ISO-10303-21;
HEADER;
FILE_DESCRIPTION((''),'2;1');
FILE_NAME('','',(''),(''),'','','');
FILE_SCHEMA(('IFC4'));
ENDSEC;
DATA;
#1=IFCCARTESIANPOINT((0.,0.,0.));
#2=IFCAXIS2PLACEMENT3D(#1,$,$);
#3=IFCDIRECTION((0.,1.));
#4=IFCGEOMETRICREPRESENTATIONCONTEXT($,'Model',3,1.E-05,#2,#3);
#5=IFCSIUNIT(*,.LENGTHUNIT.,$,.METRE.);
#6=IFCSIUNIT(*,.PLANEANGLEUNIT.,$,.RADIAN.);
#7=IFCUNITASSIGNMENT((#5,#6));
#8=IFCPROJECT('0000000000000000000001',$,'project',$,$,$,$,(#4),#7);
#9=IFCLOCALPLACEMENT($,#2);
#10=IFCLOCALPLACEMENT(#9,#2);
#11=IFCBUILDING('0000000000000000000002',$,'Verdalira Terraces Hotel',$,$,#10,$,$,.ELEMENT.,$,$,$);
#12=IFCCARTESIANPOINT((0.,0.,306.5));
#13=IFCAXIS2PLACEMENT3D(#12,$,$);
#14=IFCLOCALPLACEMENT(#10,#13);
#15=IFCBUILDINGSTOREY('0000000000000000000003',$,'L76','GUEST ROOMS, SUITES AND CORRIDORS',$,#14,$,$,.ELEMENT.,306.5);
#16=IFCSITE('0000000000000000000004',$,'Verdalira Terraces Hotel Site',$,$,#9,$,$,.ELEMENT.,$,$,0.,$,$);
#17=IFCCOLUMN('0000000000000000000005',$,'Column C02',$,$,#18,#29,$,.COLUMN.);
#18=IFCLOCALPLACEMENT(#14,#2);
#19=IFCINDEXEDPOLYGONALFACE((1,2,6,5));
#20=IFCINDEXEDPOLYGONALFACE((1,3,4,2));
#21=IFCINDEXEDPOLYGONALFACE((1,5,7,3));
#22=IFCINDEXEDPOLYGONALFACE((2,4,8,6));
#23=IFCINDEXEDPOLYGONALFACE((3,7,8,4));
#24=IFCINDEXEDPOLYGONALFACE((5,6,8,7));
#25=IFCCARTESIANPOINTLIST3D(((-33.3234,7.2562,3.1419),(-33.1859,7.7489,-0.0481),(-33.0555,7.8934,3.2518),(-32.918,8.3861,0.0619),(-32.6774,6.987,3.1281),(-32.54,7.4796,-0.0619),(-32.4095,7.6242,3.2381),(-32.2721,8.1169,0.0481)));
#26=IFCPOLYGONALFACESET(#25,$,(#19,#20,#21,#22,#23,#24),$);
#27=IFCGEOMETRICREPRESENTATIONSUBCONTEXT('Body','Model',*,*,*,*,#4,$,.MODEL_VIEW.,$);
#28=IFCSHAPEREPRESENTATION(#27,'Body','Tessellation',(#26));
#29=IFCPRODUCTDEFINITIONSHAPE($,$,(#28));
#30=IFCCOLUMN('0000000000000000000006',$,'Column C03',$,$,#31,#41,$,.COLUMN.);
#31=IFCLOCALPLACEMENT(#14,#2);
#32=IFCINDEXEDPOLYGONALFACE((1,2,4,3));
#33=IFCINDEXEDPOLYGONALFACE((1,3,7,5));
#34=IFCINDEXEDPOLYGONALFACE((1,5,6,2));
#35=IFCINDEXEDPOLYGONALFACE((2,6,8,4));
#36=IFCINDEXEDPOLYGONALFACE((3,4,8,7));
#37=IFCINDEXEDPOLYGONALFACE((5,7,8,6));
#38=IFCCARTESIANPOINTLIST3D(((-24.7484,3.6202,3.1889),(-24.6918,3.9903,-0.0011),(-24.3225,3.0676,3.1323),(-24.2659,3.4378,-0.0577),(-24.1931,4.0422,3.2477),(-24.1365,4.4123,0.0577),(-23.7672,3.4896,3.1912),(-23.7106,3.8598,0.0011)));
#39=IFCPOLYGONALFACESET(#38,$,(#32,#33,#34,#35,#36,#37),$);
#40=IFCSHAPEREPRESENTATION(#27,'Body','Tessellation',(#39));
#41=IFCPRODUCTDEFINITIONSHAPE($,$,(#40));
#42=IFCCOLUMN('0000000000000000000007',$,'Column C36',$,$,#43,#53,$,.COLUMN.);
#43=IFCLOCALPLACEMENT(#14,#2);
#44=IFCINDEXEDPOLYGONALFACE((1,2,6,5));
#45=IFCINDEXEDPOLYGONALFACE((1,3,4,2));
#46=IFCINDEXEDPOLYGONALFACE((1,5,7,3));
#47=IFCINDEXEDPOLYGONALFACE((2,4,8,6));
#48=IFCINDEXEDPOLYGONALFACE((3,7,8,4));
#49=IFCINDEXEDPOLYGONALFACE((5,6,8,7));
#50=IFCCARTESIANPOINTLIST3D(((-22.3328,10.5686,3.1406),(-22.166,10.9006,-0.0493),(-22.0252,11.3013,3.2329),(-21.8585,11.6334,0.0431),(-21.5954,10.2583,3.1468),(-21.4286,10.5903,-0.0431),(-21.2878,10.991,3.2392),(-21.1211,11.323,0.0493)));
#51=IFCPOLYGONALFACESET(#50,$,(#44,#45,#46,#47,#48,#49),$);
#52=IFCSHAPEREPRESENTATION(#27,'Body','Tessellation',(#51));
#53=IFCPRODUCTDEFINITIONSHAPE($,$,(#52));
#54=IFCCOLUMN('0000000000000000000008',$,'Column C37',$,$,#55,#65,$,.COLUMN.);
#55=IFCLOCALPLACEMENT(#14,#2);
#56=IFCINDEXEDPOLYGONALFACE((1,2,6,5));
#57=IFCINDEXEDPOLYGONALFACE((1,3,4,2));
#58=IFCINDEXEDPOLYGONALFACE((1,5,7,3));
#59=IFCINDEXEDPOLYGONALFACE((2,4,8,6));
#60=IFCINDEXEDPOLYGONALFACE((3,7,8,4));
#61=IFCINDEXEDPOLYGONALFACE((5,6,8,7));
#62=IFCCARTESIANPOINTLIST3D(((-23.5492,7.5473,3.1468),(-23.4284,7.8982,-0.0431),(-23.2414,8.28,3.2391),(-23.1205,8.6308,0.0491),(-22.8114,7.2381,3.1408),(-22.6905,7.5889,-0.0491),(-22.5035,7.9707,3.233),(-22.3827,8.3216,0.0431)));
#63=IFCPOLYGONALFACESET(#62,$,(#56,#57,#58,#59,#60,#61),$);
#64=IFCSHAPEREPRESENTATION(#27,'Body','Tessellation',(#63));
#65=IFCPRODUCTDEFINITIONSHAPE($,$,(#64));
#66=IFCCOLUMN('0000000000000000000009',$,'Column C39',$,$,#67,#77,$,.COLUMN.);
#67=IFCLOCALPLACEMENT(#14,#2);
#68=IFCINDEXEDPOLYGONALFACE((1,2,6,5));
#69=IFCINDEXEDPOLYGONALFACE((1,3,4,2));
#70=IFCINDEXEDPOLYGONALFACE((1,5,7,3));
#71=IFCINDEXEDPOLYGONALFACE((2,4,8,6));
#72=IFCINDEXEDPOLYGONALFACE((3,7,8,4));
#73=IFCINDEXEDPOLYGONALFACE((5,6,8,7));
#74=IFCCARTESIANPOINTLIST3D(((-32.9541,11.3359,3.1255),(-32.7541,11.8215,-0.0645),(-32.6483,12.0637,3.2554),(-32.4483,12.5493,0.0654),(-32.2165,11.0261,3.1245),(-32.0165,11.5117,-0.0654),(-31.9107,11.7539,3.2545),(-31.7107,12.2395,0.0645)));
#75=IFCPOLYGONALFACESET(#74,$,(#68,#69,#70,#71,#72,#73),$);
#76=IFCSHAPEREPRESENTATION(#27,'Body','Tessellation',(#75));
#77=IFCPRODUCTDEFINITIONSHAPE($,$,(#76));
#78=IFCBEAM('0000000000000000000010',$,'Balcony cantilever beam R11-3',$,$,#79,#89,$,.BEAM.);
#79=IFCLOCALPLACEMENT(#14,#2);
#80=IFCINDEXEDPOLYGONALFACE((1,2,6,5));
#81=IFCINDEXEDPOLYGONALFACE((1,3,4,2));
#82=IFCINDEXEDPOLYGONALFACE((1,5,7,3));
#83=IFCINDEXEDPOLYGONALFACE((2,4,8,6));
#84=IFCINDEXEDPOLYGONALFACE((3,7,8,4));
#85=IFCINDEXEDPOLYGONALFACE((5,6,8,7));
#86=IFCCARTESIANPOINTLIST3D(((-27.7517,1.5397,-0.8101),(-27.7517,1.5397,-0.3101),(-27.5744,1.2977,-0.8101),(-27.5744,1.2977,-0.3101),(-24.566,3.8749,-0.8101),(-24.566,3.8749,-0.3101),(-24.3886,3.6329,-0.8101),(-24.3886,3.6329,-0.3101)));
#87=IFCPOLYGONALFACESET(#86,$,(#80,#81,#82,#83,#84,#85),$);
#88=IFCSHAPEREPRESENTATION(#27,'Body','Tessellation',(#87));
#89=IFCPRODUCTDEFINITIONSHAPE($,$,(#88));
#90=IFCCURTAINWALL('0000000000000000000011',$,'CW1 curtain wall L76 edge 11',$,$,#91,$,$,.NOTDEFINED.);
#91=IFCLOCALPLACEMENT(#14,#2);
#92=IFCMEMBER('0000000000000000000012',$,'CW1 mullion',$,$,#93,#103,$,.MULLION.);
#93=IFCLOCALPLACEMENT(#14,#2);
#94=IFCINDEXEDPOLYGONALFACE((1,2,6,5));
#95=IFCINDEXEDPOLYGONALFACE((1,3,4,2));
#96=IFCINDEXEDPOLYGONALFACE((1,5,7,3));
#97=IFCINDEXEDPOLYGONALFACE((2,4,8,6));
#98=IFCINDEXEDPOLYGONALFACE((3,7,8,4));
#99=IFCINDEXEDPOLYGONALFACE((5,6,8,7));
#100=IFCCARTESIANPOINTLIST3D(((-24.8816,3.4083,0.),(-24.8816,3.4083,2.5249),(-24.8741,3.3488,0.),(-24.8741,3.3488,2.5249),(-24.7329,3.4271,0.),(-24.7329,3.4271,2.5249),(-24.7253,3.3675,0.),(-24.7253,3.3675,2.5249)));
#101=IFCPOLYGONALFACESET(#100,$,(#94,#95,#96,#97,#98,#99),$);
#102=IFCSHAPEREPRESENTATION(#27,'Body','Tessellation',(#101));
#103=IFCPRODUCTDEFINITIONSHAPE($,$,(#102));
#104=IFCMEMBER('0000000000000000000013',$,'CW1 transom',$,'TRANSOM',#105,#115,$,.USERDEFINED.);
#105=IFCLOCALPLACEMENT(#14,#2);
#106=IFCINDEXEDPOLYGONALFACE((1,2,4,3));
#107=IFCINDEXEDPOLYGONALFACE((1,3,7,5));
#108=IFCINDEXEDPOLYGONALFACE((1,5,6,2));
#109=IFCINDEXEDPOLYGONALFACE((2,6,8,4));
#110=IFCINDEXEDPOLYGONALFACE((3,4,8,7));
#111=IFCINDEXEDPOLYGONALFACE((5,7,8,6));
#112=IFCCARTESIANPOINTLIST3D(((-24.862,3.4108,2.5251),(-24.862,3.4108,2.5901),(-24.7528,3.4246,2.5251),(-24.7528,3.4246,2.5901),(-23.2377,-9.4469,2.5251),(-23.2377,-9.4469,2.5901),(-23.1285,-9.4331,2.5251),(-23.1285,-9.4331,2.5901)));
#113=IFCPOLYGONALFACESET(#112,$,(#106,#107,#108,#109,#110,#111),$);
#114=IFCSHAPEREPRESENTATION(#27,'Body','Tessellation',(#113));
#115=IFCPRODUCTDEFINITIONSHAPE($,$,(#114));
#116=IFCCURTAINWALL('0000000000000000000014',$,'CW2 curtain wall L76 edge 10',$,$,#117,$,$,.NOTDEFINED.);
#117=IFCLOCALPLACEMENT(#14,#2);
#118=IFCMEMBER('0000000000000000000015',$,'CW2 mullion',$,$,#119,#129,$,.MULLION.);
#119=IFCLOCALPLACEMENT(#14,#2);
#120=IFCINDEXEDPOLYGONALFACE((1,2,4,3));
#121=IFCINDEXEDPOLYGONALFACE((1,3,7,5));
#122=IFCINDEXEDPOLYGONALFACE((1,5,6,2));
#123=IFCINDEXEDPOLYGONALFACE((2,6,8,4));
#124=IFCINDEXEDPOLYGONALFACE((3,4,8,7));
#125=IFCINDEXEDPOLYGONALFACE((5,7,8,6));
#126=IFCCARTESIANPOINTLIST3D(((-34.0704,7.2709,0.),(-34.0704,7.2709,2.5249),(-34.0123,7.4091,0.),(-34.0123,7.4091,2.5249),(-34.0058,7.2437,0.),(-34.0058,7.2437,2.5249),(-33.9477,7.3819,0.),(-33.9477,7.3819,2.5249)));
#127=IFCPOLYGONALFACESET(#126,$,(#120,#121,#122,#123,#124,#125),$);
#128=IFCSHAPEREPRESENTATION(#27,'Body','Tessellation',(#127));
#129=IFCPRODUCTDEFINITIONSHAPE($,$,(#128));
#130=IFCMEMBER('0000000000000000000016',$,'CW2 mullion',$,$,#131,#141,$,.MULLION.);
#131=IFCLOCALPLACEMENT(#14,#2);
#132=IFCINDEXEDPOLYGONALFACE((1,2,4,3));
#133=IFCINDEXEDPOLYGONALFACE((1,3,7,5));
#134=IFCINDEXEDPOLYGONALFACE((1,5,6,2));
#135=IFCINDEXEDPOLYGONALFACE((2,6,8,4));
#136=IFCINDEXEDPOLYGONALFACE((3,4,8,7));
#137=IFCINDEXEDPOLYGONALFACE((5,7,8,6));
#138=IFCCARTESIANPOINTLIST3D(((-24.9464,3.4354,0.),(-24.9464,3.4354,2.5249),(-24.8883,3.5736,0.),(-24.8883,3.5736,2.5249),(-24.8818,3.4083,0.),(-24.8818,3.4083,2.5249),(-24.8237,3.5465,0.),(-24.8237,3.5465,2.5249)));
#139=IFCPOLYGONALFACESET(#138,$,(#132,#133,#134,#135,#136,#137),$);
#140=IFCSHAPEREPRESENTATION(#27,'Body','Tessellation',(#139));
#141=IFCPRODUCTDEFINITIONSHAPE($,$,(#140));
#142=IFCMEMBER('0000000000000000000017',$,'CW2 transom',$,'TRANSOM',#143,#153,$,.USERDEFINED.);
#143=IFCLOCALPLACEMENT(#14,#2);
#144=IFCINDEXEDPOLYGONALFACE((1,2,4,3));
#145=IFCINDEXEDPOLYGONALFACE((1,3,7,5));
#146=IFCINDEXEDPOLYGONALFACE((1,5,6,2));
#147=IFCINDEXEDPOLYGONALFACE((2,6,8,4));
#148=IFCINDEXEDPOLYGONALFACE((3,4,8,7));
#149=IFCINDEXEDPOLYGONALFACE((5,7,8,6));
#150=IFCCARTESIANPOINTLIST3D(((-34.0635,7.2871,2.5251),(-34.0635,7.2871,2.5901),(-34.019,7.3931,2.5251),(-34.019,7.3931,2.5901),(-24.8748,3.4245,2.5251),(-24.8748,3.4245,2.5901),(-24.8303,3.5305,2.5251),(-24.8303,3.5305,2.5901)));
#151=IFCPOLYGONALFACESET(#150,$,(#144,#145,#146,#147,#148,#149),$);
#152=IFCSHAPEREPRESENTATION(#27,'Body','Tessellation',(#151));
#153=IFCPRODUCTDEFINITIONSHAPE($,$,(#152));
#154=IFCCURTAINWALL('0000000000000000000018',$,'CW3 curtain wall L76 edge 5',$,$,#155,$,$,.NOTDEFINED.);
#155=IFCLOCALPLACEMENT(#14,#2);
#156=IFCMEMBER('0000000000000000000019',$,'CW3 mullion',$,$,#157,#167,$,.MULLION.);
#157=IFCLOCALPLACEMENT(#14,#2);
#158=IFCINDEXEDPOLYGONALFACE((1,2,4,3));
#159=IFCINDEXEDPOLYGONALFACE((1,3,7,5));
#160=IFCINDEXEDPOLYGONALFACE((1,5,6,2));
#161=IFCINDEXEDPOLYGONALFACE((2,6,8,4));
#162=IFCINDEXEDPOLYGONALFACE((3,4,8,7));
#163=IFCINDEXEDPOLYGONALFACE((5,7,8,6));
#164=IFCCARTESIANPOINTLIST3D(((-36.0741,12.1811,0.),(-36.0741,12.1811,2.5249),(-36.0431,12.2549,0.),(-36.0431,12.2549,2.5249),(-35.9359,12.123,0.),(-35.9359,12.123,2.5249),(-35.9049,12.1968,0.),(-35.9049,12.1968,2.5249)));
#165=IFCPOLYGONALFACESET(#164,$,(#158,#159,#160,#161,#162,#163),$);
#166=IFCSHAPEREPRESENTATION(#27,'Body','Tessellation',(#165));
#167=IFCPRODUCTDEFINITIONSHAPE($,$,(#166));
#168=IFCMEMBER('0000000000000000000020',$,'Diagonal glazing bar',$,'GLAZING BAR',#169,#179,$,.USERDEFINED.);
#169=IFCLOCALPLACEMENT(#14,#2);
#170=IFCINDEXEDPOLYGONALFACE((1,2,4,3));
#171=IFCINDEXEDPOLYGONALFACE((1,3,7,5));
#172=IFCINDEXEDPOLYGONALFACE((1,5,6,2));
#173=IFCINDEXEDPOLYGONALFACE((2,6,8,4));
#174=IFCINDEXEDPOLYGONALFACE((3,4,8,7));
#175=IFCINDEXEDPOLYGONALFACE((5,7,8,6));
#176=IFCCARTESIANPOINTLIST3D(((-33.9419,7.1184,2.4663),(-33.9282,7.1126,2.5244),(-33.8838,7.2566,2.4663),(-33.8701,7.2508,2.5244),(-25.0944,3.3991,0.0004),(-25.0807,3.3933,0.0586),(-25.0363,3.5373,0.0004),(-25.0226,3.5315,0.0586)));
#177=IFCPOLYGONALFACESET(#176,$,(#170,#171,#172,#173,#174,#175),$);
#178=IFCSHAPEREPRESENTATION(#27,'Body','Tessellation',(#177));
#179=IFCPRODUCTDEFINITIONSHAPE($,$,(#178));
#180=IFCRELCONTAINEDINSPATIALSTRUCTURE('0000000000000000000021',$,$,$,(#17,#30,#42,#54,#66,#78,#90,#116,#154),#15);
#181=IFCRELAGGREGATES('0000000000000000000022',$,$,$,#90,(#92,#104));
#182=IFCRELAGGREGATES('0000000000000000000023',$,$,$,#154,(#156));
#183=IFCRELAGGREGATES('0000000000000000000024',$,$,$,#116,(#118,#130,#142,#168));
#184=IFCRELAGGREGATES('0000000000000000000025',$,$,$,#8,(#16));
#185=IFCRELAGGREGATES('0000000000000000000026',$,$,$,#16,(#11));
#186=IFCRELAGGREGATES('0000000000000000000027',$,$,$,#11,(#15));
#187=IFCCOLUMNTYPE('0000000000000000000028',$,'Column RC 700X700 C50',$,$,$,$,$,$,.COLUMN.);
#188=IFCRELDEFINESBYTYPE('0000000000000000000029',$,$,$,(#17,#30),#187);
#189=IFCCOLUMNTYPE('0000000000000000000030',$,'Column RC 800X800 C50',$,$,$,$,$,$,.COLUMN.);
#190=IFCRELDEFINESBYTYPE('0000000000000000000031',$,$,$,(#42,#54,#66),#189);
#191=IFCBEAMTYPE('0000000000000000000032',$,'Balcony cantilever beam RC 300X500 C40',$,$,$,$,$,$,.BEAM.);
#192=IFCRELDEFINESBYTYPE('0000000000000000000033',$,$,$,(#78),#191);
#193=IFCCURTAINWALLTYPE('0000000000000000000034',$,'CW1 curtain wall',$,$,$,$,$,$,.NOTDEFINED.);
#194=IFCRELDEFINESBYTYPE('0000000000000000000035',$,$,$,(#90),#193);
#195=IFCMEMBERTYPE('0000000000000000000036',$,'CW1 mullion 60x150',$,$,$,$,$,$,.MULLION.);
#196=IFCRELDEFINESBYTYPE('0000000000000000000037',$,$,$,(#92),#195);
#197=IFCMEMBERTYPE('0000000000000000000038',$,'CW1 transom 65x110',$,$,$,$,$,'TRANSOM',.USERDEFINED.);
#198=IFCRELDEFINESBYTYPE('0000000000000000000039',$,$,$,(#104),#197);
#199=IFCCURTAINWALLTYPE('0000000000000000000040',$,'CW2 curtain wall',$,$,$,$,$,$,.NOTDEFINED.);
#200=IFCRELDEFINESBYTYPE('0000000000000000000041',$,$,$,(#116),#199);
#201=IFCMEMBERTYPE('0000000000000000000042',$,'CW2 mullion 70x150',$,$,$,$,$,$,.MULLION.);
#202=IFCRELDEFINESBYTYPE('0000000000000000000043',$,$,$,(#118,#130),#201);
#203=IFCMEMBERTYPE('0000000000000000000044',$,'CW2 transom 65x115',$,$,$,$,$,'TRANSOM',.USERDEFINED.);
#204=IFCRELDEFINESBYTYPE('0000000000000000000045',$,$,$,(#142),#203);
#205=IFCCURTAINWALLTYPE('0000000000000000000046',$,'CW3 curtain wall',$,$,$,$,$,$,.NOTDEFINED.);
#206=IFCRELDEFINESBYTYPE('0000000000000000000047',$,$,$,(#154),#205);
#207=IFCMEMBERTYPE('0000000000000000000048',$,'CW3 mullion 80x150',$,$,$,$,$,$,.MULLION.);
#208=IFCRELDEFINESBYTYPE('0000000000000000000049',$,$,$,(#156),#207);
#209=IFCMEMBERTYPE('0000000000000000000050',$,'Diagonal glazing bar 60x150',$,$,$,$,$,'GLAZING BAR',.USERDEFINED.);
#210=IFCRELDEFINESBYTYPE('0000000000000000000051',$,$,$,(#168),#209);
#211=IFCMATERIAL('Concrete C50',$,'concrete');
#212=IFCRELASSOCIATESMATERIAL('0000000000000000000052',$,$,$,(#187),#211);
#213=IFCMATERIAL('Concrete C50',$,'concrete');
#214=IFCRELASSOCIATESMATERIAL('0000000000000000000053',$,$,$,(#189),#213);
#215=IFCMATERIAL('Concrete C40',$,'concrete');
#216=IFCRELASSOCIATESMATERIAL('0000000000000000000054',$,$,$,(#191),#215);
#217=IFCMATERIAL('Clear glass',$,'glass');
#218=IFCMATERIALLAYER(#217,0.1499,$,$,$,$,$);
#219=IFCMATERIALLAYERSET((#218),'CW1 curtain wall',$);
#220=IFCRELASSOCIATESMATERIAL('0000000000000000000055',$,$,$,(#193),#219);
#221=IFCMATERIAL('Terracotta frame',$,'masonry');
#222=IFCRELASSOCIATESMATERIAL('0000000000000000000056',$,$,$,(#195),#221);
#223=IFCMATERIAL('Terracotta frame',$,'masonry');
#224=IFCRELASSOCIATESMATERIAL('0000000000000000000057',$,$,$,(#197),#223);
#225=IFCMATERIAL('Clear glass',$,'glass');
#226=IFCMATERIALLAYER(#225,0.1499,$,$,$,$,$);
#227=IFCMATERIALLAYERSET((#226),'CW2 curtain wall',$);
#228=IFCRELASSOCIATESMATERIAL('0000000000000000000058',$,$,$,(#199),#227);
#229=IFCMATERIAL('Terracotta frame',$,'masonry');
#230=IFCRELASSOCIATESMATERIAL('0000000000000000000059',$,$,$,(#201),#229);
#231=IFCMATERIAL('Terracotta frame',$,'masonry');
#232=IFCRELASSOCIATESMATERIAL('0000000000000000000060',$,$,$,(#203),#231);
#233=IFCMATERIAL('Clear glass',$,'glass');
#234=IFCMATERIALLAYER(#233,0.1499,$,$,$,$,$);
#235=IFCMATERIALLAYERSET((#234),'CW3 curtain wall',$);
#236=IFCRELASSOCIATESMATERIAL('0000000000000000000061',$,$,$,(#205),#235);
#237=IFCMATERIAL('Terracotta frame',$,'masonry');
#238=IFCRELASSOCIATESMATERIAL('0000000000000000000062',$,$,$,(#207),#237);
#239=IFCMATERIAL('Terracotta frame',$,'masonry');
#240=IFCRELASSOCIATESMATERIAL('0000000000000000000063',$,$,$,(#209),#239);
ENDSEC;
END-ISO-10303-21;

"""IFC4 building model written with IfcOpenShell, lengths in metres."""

from ifc_helpers import new_model, si_unit, direction, frame, origin, origin_2d, place, context, subcontext, project, spatial, rectangle, extrude, material, layer, layer_set, material_profile, profile_set, type_object, element, aggregate, save


model = new_model("IFC4")

# Units and contexts
model_context = context("Model", 3, precision=1e-05, world=origin(), true_north=direction((0.0, 1.0)))
body_context = subcontext(model_context, "Body", "Model", "MODEL_VIEW")
ifc_project = project(units=[si_unit("LENGTHUNIT", "METRE"), si_unit("PLANEANGLEUNIT", "RADIAN")], contexts=[model_context])

# Site, building, storey
site_placement = place(None, origin())
site = spatial("IfcSite", under=ifc_project, at=site_placement, Name="Verdalira Terraces Hotel Site", CompositionType="ELEMENT", RefElevation=0.0)
building_placement = place(site_placement, origin())
building = spatial("IfcBuilding", under=site, at=building_placement, Name="Verdalira Terraces Hotel", CompositionType="ELEMENT")
storey_placement = place(building_placement, frame((0.0, 0.0, 306.5)))
storey = spatial("IfcBuildingStorey", under=building, at=storey_placement, Name="L76", Description="GUEST ROOMS, SUITES AND CORRIDORS", CompositionType="ELEMENT", Elevation=306.5)

# Columns
ifc_material_1 = material(Name="Concrete C50", Category="concrete")
ifc_material_profile_1 = material_profile(ifc_material_1, rectangle(XDim=0.7, YDim=0.7, at=origin_2d()), Name="RC 700X700")
ifc_profile_set_1 = profile_set([ifc_material_profile_1], Name="Concrete C50")
column_type_1 = type_object("IfcColumnType", Name="Column RC 700X700 C50", PredefinedType="COLUMN", material=ifc_profile_set_1)
column_1_placement = place(storey_placement, frame((-32.729, 7.9329, 0.0), z_axis=(-0.042545, -0.152499, 0.987387), x_axis=(0.922857, -0.384641, -0.019642)))
element("IfcColumn", 1, at=column_1_placement, inside=storey, type_object=column_type_1, Name="Column C02", PredefinedType="COLUMN", context=body_context, shape_type="SweptSolid", body=[
    extrude(rectangle(XDim=0.7, YDim=0.7, at=origin_2d()), origin(), (0.0, 0.0, 1.0), 3.2307),
])
column_2_placement = place(storey_placement, frame((-24.2012, 3.925, 0.0), z_axis=(-0.017635, -0.115235, 0.993182), x_axis=(-0.608469, 0.789454, 0.080794)))
element("IfcColumn", 2, at=column_2_placement, inside=storey, type_object=column_type_1, Name="Column C03", PredefinedType="COLUMN", context=body_context, shape_type="SweptSolid", body=[
    extrude(rectangle(XDim=0.7, YDim=0.7, at=origin_2d()), origin(), (0.0, 0.0, 1.0), 3.2119),
])
ifc_material_2 = material(Name="Concrete C50", Category="concrete")
ifc_material_profile_2 = material_profile(ifc_material_2, rectangle(XDim=0.8, YDim=0.8, at=origin_2d()), Name="RC 800X800")
ifc_profile_set_2 = profile_set([ifc_material_profile_2], Name="Concrete C50")
column_type_2 = type_object("IfcColumnType", Name="Column RC 800X800 C50", PredefinedType="COLUMN", material=ifc_profile_set_2)
for number, where, z_axis, x_axis, name in (
    (3, (-21.6436, 11.1118, 0.0), (-0.051922, -0.103388, 0.993285), (-0.921687, 0.387856, -0.007809), "Column C36"),
    (4, (-22.9055, 8.1099, 0.0), (-0.037631, -0.109244, 0.993302), (-0.922244, 0.386535, 0.007572), "Column C37"),
):
    element("IfcColumn", number, at=place(storey_placement, frame(where, z_axis=z_axis, x_axis=x_axis)), inside=storey, type_object=column_type_2, Name=name, PredefinedType="COLUMN", context=body_context, shape_type="SweptSolid", body=[
        extrude(rectangle(XDim=0.8, YDim=0.8, at=origin_2d()), origin(), (0.0, 0.0, 1.0), 3.2114),
    ])
column_3_placement = place(storey_placement, frame((-32.2324, 12.0305, 0.0), z_axis=(-0.061849, -0.150205, 0.986718), x_axis=(-0.921997, 0.387194, 0.001149)))
element("IfcColumn", 5, at=column_3_placement, inside=storey, type_object=column_type_2, Name="Column C39", PredefinedType="COLUMN", context=body_context, shape_type="SweptSolid", body=[
    extrude(rectangle(XDim=0.8, YDim=0.8, at=origin_2d()), origin(), (0.0, 0.0, 1.0), 3.2329),
])

# Beam
ifc_material_3 = material(Name="Concrete C40", Category="concrete")
ifc_material_profile_3 = material_profile(ifc_material_3, rectangle(XDim=0.3, YDim=0.5, at=origin_2d()), Name="RC 300X500")
ifc_profile_set_3 = profile_set([ifc_material_profile_3], Name="Concrete C40")
beam_type_1 = type_object("IfcBeamType", Name="Balcony cantilever beam RC 300X500 C40", PredefinedType="BEAM", material=ifc_profile_set_3)
beam_1_placement = place(storey_placement, frame((-24.4773, 3.7539, -0.5601), z_axis=(-0.806531, -0.591192, 0.0), x_axis=(0.591192, -0.806531, 0.0)))
element("IfcBeam", 6, at=beam_1_placement, inside=storey, type_object=beam_type_1, Name="Balcony cantilever beam R11-3", PredefinedType="BEAM", context=body_context, shape_type="SweptSolid", body=[
    extrude(rectangle(XDim=0.3, YDim=0.5, at=origin_2d()), origin(), (0.0, 0.0, 1.0), 3.95),
])

# Curtain walls, members
ifc_material_4 = material(Name="Clear glass", Category="glass")
ifc_layer_1 = layer(ifc_material_4, 0.1499)
ifc_layer_set_1 = layer_set([ifc_layer_1], Name="CW1 curtain wall")
curtain_wall_type_1 = type_object("IfcCurtainWallType", Name="CW1 curtain wall", PredefinedType="NOTDEFINED", material=ifc_layer_set_1)
curtain_wall_1_placement = place(storey_placement, origin())
curtain_wall_1 = element("IfcCurtainWall", 7, at=curtain_wall_1_placement, inside=storey, type_object=curtain_wall_type_1, Name="CW1 curtain wall L76 edge 11", PredefinedType="NOTDEFINED")
ifc_material_5 = material(Name="Terracotta frame", Category="masonry")
ifc_material_profile_4 = material_profile(ifc_material_5, rectangle(XDim=0.0601, YDim=0.1499, at=origin_2d()), Name="MU 60x150")
ifc_profile_set_4 = profile_set([ifc_material_profile_4], Name="Terracotta frame")
member_type_1 = type_object("IfcMemberType", Name="CW1 mullion 60x150", PredefinedType="MULLION", material=ifc_profile_set_4)
member_1_placement = place(storey_placement, frame((-24.8035, 3.3879, 0.0), z_axis=(0.0, 0.0, 1.0), x_axis=(0.125333, -0.992115, 0.0)))
member_1 = element("IfcMember", 8, at=member_1_placement, type_object=member_type_1, Name="CW1 mullion", PredefinedType="MULLION", context=body_context, shape_type="SweptSolid", body=[
    extrude(rectangle(XDim=0.0601, YDim=0.1499, at=origin_2d()), origin(), (0.0, 0.0, 1.0), 2.5249),
])
ifc_material_6 = material(Name="Terracotta frame", Category="masonry")
ifc_material_profile_5 = material_profile(ifc_material_6, rectangle(XDim=0.1101, YDim=0.0649, at=origin_2d()), Name="TR 65x110")
ifc_profile_set_5 = profile_set([ifc_material_profile_5], Name="Terracotta frame")
member_type_2 = type_object("IfcMemberType", Name="CW1 transom 65x110", ElementType="TRANSOM", PredefinedType="USERDEFINED", material=ifc_profile_set_5)
member_2_placement = place(storey_placement, frame((-24.8074, 3.4177, 2.5576), z_axis=(0.125331, -0.992115, 0.0), x_axis=(0.992115, 0.125331, 0.0)))
member_2 = element("IfcMember", 9, at=member_2_placement, type_object=member_type_2, Name="CW1 transom", ObjectType="TRANSOM", PredefinedType="USERDEFINED", context=body_context, shape_type="SweptSolid", body=[
    extrude(rectangle(XDim=0.1101, YDim=0.0649, at=origin_2d()), origin(), (0.0, 0.0, 1.0), 12.96),
])
aggregate(curtain_wall_1, [member_1, member_2])
ifc_material_7 = material(Name="Clear glass", Category="glass")
ifc_layer_2 = layer(ifc_material_7, 0.1499)
ifc_layer_set_2 = layer_set([ifc_layer_2], Name="CW2 curtain wall")
curtain_wall_type_2 = type_object("IfcCurtainWallType", Name="CW2 curtain wall", PredefinedType="NOTDEFINED", material=ifc_layer_set_2)
curtain_wall_2_placement = place(storey_placement, origin())
curtain_wall_2 = element("IfcCurtainWall", 10, at=curtain_wall_2_placement, inside=storey, type_object=curtain_wall_type_2, Name="CW2 curtain wall L76 edge 10", PredefinedType="NOTDEFINED")
ifc_material_8 = material(Name="Terracotta frame", Category="masonry")
ifc_material_profile_6 = material_profile(ifc_material_8, rectangle(XDim=0.0701, YDim=0.1499, at=origin_2d()), Name="MU 70x150")
ifc_profile_set_6 = profile_set([ifc_material_profile_6], Name="Terracotta frame")
member_type_3 = type_object("IfcMemberType", Name="CW2 mullion 70x150", PredefinedType="MULLION", material=ifc_profile_set_6)
member_3_placement = place(storey_placement, frame((-34.009, 7.3264, 0.0), z_axis=(0.0, 0.0, 1.0), x_axis=(0.921863, -0.387516, 0.0)))
member_3 = element("IfcMember", 11, at=member_3_placement, type_object=member_type_3, Name="CW2 mullion", PredefinedType="MULLION", context=body_context, shape_type="SweptSolid", body=[
    extrude(rectangle(XDim=0.0701, YDim=0.1499, at=origin_2d()), origin(), (0.0, 0.0, 1.0), 2.5249),
])
member_4_placement = place(storey_placement, frame((-24.885, 3.491, 0.0), z_axis=(0.0, 0.0, 1.0), x_axis=(0.921863, -0.387516, 0.0)))
member_4 = element("IfcMember", 12, at=member_4_placement, type_object=member_type_3, Name="CW2 mullion", PredefinedType="MULLION", context=body_context, shape_type="SweptSolid", body=[
    extrude(rectangle(XDim=0.0701, YDim=0.1499, at=origin_2d()), origin(), (0.0, 0.0, 1.0), 2.5249),
])
ifc_material_9 = material(Name="Terracotta frame", Category="masonry")
ifc_material_profile_7 = material_profile(ifc_material_9, rectangle(XDim=0.115, YDim=0.0649, at=origin_2d()), Name="TR 65x115")
ifc_profile_set_7 = profile_set([ifc_material_profile_7], Name="Terracotta frame")
member_type_4 = type_object("IfcMemberType", Name="CW2 transom 65x115", ElementType="TRANSOM", PredefinedType="USERDEFINED", material=ifc_profile_set_7)
member_5_placement = place(storey_placement, frame((-34.0413, 7.3401, 2.5576), z_axis=(0.921864, -0.387513, 0.0), x_axis=(0.387513, 0.921864, 0.0)))
member_5 = element("IfcMember", 13, at=member_5_placement, type_object=member_type_4, Name="CW2 transom", ObjectType="TRANSOM", PredefinedType="USERDEFINED", context=body_context, shape_type="SweptSolid", body=[
    extrude(rectangle(XDim=0.115, YDim=0.0649, at=origin_2d()), origin(), (0.0, 0.0, 1.0), 9.9675),
])

# Curtain wall, member
ifc_material_10 = material(Name="Clear glass", Category="glass")
ifc_layer_3 = layer(ifc_material_10, 0.1499)
ifc_layer_set_3 = layer_set([ifc_layer_3], Name="CW3 curtain wall")
curtain_wall_type_3 = type_object("IfcCurtainWallType", Name="CW3 curtain wall", PredefinedType="NOTDEFINED", material=ifc_layer_set_3)
curtain_wall_3_placement = place(storey_placement, origin())
curtain_wall_3 = element("IfcCurtainWall", 14, at=curtain_wall_3_placement, inside=storey, type_object=curtain_wall_type_3, Name="CW3 curtain wall L76 edge 5", PredefinedType="NOTDEFINED")
ifc_material_11 = material(Name="Terracotta frame", Category="masonry")
ifc_material_profile_8 = material_profile(ifc_material_11, rectangle(XDim=0.0801, YDim=0.1499, at=origin_2d()), Name="MU 80x150")
ifc_profile_set_8 = profile_set([ifc_material_profile_8], Name="Terracotta frame")
member_type_5 = type_object("IfcMemberType", Name="CW3 mullion 80x150", PredefinedType="MULLION", material=ifc_profile_set_8)
member_6_placement = place(storey_placement, frame((-35.9895, 12.189, 0.0), z_axis=(0.0, 0.0, 1.0), x_axis=(-0.387516, -0.921863, 0.0)))
member_6 = element("IfcMember", 15, at=member_6_placement, type_object=member_type_5, Name="CW3 mullion", PredefinedType="MULLION", context=body_context, shape_type="SweptSolid", body=[
    extrude(rectangle(XDim=0.0801, YDim=0.1499, at=origin_2d()), origin(), (0.0, 0.0, 1.0), 2.5249),
])
aggregate(curtain_wall_3, [member_6])

# Member
ifc_material_12 = material(Name="Terracotta frame", Category="masonry")
ifc_material_profile_9 = material_profile(ifc_material_12, rectangle(XDim=0.1499, YDim=0.0601, at=origin_2d()), Name="GB 60x150")
ifc_profile_set_9 = profile_set([ifc_material_profile_9], Name="Terracotta frame")
member_type_6 = type_object("IfcMemberType", Name="Diagonal glazing bar 60x150", ElementType="GLAZING BAR", PredefinedType="USERDEFINED", material=ifc_profile_set_9)
member_7_placement = place(storey_placement, frame((-33.906, 7.1846, 2.4954), z_axis=(0.89286, -0.375337, -0.248845), x_axis=(0.387527, 0.921858, 0.0)))
member_7 = element("IfcMember", 16, at=member_7_placement, type_object=member_type_6, Name="Diagonal glazing bar", ObjectType="GLAZING BAR", PredefinedType="USERDEFINED", context=body_context, shape_type="SweptSolid", body=[
    extrude(rectangle(XDim=0.1499, YDim=0.0601, at=origin_2d()), origin(), (0.0, 0.0, 1.0), 9.9092),
])

aggregate(curtain_wall_2, [member_3, member_4, member_5, member_7])

save(model, "model.ifc")
